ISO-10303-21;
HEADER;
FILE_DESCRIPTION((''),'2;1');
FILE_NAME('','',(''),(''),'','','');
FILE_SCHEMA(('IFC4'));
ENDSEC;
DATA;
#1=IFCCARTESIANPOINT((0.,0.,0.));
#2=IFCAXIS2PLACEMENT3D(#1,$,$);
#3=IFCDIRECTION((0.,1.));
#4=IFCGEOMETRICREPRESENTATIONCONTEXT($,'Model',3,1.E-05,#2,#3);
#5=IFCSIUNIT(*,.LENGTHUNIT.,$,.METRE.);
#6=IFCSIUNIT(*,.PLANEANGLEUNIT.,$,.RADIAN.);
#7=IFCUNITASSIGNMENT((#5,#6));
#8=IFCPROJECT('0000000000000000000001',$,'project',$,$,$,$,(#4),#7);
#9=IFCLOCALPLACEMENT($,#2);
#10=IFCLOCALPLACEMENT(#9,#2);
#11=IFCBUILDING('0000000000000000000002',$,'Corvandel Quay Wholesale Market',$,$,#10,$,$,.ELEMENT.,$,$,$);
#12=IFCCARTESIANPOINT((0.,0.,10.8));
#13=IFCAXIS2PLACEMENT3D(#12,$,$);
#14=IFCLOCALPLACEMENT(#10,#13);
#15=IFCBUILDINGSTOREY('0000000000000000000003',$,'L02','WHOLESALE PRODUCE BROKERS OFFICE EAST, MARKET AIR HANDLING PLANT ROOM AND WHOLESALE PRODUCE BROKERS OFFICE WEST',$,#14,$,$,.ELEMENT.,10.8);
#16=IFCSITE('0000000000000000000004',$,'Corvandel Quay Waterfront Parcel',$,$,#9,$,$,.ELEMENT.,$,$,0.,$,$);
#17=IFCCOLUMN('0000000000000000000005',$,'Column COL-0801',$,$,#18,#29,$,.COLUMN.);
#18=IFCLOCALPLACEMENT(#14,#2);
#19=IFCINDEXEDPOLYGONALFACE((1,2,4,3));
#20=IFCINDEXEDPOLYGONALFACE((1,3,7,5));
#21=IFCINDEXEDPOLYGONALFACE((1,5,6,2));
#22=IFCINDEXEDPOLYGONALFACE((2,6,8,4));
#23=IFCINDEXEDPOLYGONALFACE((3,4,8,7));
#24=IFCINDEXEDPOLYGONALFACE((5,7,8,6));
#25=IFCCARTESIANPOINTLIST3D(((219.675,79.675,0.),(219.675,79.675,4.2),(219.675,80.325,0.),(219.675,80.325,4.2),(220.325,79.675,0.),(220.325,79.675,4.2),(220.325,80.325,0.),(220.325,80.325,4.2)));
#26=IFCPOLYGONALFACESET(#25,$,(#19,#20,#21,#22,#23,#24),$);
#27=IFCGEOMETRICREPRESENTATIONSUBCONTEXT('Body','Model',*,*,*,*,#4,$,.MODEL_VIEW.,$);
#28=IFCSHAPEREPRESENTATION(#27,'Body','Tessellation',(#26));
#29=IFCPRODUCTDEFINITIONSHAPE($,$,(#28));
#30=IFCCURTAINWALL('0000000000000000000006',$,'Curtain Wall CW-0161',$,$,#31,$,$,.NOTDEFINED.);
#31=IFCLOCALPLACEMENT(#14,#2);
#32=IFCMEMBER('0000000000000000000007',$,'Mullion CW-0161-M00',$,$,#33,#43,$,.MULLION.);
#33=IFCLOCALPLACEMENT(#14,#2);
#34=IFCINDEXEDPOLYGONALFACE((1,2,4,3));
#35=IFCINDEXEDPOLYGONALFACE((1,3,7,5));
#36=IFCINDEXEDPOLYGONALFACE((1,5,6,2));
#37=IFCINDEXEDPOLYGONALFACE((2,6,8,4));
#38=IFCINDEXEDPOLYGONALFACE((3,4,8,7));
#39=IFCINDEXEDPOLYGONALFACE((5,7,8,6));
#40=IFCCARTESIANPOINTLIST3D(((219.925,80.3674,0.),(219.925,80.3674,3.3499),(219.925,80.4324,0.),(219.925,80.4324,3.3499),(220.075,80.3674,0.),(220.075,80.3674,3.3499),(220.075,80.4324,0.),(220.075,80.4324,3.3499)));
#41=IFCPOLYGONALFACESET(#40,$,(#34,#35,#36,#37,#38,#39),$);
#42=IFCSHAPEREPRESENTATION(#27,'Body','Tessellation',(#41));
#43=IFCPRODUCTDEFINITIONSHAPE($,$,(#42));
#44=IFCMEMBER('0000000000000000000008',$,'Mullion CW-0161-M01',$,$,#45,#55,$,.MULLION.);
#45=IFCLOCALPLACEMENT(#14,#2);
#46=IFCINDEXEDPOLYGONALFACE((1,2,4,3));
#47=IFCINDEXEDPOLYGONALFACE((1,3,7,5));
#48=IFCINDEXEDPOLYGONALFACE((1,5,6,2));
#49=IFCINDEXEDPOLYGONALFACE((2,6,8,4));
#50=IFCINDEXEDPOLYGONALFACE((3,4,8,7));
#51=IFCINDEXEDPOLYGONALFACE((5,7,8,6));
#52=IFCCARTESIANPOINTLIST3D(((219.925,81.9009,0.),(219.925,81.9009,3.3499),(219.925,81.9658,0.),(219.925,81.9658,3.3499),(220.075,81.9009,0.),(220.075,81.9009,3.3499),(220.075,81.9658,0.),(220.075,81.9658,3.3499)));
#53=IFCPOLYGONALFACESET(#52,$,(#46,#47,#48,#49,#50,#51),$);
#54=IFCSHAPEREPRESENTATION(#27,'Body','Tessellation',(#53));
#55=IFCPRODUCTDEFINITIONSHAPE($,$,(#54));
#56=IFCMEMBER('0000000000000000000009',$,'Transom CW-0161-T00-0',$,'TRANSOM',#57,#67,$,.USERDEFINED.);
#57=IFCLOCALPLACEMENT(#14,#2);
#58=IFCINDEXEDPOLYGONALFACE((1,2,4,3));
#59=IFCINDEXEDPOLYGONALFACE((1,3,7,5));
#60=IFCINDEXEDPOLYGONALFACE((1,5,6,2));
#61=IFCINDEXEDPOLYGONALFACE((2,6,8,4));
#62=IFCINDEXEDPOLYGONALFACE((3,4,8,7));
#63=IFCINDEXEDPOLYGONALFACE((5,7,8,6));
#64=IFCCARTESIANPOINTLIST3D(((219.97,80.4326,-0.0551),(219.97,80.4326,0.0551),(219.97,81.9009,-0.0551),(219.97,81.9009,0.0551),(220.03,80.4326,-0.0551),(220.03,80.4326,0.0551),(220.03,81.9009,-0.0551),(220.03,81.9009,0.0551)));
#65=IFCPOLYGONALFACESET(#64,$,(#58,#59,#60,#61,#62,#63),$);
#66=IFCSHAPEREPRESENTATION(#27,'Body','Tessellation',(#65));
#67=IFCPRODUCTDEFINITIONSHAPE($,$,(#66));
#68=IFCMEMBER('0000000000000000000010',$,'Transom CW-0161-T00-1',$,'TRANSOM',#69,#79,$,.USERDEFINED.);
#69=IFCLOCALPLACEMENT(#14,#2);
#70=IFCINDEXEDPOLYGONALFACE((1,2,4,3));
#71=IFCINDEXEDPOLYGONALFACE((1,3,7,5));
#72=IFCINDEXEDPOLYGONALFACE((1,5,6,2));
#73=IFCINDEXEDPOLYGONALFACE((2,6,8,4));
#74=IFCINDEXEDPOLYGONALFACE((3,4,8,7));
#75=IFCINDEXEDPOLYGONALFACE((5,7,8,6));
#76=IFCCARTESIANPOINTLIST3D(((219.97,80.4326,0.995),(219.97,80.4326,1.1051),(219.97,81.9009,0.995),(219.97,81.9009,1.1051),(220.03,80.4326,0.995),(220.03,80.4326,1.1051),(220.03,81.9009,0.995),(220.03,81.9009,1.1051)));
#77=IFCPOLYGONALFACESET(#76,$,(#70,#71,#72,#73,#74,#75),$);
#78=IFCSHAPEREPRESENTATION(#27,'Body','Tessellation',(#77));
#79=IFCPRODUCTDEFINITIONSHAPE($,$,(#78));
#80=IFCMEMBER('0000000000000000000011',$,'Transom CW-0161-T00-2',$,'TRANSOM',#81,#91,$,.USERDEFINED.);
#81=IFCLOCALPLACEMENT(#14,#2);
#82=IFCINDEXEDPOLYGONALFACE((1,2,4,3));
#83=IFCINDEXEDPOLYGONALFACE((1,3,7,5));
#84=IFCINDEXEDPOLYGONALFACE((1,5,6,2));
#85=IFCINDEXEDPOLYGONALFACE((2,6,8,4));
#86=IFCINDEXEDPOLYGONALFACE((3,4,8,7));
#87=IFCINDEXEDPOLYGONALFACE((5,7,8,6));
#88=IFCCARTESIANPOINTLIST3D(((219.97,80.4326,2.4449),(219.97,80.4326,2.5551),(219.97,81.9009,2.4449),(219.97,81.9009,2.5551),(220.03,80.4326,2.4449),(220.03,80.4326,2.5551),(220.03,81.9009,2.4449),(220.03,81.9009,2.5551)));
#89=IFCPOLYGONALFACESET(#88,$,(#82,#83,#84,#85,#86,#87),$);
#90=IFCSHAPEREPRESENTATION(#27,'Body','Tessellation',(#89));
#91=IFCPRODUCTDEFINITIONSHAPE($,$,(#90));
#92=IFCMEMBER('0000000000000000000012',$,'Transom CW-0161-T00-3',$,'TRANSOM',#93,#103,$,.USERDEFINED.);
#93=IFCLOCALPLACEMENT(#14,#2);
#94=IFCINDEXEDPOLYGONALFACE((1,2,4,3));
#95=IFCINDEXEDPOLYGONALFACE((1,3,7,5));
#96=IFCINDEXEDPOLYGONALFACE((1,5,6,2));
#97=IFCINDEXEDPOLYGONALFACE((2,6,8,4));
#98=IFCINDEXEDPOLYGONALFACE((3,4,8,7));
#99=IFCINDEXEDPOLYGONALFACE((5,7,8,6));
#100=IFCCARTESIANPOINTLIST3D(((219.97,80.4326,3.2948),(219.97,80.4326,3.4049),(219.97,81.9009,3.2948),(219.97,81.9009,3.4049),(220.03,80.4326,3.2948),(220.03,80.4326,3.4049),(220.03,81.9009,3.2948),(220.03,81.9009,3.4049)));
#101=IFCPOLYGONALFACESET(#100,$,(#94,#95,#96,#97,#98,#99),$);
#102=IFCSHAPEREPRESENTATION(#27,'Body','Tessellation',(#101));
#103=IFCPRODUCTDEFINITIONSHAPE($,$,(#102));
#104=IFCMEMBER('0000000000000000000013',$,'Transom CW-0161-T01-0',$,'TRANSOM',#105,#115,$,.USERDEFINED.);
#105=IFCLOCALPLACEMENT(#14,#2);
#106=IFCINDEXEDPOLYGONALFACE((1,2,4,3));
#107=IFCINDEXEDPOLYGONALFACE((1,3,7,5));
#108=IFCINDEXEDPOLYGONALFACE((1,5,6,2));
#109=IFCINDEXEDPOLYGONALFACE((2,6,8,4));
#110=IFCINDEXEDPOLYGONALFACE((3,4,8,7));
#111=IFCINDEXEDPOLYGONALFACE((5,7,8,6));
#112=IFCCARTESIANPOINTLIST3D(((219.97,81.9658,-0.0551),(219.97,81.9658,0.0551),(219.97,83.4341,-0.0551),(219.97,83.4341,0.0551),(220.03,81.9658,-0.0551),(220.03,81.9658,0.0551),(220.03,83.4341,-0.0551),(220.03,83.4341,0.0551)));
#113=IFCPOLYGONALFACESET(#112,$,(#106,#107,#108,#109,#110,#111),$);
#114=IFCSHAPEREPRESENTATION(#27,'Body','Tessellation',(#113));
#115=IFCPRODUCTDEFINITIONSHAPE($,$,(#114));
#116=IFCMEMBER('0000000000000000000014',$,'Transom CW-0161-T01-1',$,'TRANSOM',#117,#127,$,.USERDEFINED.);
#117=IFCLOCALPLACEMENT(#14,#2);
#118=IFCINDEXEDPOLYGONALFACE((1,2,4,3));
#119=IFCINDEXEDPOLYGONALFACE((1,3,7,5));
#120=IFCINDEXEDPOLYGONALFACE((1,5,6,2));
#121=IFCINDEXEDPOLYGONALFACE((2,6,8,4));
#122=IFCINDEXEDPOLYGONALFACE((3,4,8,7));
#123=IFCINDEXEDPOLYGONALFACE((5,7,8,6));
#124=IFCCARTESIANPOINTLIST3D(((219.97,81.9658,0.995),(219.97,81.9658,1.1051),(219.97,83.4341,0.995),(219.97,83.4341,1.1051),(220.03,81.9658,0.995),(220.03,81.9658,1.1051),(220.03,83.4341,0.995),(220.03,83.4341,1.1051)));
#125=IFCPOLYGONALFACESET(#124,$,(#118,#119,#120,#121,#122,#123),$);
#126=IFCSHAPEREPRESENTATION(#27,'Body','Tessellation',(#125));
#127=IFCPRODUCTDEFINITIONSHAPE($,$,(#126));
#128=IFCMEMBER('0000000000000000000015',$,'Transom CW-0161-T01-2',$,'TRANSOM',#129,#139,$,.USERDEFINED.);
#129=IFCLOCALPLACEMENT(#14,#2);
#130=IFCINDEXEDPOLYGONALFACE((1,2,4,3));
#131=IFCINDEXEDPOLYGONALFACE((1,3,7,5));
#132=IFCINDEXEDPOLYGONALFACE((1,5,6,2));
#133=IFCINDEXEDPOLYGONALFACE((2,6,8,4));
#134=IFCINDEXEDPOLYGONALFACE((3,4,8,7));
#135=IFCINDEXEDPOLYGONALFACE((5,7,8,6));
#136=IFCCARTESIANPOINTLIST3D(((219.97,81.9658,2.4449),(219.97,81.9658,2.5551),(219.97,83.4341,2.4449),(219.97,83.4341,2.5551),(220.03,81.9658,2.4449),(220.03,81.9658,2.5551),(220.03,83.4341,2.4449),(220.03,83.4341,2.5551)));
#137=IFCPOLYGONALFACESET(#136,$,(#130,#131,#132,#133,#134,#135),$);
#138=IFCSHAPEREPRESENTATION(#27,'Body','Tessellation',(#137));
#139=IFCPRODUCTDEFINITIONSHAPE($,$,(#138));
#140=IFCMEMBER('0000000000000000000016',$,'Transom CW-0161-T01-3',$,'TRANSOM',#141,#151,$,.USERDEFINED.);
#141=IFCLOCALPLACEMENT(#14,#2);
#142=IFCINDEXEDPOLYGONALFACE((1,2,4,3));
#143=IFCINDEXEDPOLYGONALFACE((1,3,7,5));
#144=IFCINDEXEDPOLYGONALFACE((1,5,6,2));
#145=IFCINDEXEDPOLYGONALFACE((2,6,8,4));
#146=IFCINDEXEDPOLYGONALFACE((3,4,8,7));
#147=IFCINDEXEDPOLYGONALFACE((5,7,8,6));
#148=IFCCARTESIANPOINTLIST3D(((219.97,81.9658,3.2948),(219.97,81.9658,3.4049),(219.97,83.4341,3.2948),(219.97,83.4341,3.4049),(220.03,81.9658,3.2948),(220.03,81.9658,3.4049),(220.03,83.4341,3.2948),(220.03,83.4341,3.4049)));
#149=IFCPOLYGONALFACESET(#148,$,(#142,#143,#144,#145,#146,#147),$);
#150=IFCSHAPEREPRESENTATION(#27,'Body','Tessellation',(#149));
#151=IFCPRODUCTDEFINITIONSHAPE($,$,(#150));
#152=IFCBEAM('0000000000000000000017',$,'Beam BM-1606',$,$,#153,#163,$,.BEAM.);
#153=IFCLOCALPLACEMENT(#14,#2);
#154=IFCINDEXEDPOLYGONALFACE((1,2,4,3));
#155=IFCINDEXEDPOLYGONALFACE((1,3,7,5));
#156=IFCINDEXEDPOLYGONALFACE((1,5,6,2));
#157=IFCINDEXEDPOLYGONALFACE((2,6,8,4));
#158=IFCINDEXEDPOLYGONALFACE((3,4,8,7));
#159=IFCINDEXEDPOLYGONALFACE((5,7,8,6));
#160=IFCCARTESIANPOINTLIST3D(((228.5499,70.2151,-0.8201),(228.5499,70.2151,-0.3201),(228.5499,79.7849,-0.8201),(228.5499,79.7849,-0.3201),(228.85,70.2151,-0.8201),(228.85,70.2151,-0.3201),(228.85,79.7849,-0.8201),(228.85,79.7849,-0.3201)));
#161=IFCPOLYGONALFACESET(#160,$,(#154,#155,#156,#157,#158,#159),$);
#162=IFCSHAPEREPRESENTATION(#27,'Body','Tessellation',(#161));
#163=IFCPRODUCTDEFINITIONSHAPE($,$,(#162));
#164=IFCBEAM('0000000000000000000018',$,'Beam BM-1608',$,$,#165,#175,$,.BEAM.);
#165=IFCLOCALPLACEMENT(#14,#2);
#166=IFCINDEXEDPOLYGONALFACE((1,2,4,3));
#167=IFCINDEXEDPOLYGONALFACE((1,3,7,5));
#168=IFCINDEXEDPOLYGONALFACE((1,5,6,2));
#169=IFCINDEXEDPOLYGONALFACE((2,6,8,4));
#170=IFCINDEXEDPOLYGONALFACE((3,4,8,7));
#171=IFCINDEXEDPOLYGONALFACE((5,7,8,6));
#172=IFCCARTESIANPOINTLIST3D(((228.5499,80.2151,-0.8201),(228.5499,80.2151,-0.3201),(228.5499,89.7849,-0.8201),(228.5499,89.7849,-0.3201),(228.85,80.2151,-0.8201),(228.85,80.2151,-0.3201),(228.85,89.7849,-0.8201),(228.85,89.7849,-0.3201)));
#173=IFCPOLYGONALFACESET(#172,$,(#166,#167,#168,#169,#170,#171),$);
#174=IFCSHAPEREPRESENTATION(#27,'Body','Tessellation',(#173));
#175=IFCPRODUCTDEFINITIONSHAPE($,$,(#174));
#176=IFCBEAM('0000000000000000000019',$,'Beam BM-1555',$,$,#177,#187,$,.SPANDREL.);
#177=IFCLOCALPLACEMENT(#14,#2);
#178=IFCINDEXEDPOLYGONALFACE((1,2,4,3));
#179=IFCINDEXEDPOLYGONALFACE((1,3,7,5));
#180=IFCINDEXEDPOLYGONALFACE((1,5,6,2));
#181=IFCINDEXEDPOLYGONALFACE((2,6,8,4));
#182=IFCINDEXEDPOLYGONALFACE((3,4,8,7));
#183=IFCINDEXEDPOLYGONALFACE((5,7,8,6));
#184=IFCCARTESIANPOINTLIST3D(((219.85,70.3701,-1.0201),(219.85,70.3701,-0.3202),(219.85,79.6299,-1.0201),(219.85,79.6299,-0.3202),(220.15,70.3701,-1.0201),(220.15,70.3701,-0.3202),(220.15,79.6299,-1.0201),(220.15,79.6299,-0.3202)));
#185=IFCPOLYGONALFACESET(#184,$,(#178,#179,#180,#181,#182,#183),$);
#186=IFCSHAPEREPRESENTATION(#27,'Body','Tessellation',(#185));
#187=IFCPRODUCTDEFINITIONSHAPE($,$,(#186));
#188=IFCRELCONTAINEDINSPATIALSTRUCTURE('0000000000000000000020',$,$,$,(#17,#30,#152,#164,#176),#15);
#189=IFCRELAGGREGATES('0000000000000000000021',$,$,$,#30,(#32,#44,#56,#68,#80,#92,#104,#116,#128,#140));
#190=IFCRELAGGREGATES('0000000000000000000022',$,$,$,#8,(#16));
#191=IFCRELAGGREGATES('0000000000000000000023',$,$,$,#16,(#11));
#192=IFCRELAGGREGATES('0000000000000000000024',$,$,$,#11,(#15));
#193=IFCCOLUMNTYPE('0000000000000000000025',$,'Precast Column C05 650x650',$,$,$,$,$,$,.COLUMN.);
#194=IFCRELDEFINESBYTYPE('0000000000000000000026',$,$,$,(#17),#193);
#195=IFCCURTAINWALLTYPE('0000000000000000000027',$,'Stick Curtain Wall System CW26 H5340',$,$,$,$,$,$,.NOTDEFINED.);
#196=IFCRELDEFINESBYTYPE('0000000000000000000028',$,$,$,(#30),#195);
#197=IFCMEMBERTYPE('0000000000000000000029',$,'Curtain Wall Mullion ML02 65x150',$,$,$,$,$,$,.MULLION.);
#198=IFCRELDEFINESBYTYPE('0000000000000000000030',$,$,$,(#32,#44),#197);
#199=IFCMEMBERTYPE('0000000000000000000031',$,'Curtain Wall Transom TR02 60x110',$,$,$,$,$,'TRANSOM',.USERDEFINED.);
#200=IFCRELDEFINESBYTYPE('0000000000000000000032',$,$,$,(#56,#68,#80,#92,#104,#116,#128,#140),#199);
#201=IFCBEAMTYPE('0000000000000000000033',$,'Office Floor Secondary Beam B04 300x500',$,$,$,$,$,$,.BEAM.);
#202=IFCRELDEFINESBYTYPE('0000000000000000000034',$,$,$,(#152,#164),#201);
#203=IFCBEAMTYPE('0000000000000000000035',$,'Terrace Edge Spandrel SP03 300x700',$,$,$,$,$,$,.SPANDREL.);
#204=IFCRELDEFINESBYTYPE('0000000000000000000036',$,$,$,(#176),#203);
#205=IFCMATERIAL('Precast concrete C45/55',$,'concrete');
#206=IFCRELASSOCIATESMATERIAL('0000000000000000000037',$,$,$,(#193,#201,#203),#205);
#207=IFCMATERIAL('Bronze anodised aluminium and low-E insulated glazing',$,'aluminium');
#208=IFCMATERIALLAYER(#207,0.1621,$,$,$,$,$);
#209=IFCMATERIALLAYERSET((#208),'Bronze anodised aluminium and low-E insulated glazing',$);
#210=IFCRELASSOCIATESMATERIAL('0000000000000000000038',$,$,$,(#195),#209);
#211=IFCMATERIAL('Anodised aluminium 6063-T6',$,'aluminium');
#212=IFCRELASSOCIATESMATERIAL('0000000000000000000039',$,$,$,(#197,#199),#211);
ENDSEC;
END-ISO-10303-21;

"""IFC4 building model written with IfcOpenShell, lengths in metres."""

from ifc_helpers import new_model, si_unit, direction, frame, origin, origin_2d, place, context, subcontext, project, spatial, rectangle, extrude, material, layer, layer_set, material_profile, profile_set, type_object, element, aggregate, save


model = new_model("IFC4")

# Units and contexts
model_context = context("Model", 3, precision=1e-05, world=origin(), true_north=direction((0.0, 1.0)))
body_context = subcontext(model_context, "Body", "Model", "MODEL_VIEW")
ifc_project = project(units=[si_unit("LENGTHUNIT", "METRE"), si_unit("PLANEANGLEUNIT", "RADIAN")], contexts=[model_context])

# Site, building, storey
site_placement = place(None, origin())
site = spatial("IfcSite", under=ifc_project, at=site_placement, Name="Corvandel Quay Waterfront Parcel", CompositionType="ELEMENT", RefElevation=0.0)
building_placement = place(site_placement, origin())
building = spatial("IfcBuilding", under=site, at=building_placement, Name="Corvandel Quay Wholesale Market", CompositionType="ELEMENT")
storey_placement = place(building_placement, frame((0.0, 0.0, 10.8)))
storey = spatial("IfcBuildingStorey", under=building, at=storey_placement, Name="L02", Description="WHOLESALE PRODUCE BROKERS OFFICE EAST, MARKET AIR HANDLING PLANT ROOM AND WHOLESALE PRODUCE BROKERS OFFICE WEST", CompositionType="ELEMENT", Elevation=10.8)

# Column
ifc_material_1 = material(Name="Precast concrete C45/55", Category="concrete")
ifc_material_profile_1 = material_profile(ifc_material_1, rectangle(XDim=0.6499, YDim=0.6499, at=origin_2d()), Name="PC-COL-650x650")
ifc_profile_set_1 = profile_set([ifc_material_profile_1], Name="Precast concrete C45/55")
column_type = type_object("IfcColumnType", Name="Precast Column C05 650x650", PredefinedType="COLUMN", material=ifc_profile_set_1)
column_placement = place(storey_placement, frame((220.0, 80.0, 0.0), z_axis=(0.0, 0.0, 1.0), x_axis=(1.0, 0.0, 0.0)))
element("IfcColumn", 1, at=column_placement, inside=storey, type_object=column_type, Name="Column COL-0801", PredefinedType="COLUMN", context=body_context, shape_type="SweptSolid", body=[
    extrude(rectangle(XDim=0.6499, YDim=0.6499, at=origin_2d()), origin(), (0.0, 0.0, 1.0), 4.2),
])

# Curtain wall, members
ifc_material_2 = material(Name="Bronze anodised aluminium and low-E insulated glazing", Category="aluminium")
ifc_layer_1 = layer(ifc_material_2, 0.1621)
ifc_layer_set_1 = layer_set([ifc_layer_1], Name="Bronze anodised aluminium and low-E insulated glazing")
curtain_wall_type = type_object("IfcCurtainWallType", Name="Stick Curtain Wall System CW26 H5340", PredefinedType="NOTDEFINED", material=ifc_layer_set_1)
curtain_wall_placement = place(storey_placement, origin())
curtain_wall = element("IfcCurtainWall", 2, at=curtain_wall_placement, inside=storey, type_object=curtain_wall_type, Name="Curtain Wall CW-0161", PredefinedType="NOTDEFINED")
ifc_material_3 = material(Name="Anodised aluminium 6063-T6", Category="aluminium")
ifc_material_profile_2 = material_profile(ifc_material_3, rectangle(XDim=0.0649, YDim=0.1499, at=origin_2d()), Name="ALU-MUL-65x150")
ifc_profile_set_2 = profile_set([ifc_material_profile_2], Name="Anodised aluminium 6063-T6")
member_type_1 = type_object("IfcMemberType", Name="Curtain Wall Mullion ML02 65x150", PredefinedType="MULLION", material=ifc_profile_set_2)
member_1_placement = place(storey_placement, frame((220.0, 80.3999, 0.0), z_axis=(0.0, 0.0, 1.0), x_axis=(0.0, 1.0, 0.0)))
member_1 = element("IfcMember", 3, at=member_1_placement, type_object=member_type_1, Name="Mullion CW-0161-M00", PredefinedType="MULLION", context=body_context, shape_type="SweptSolid", body=[
    extrude(rectangle(XDim=0.0649, YDim=0.1499, at=origin_2d()), origin(), (0.0, 0.0, 1.0), 3.3499),
])
member_2_placement = place(storey_placement, frame((220.0, 81.9333, 0.0), z_axis=(0.0, 0.0, 1.0), x_axis=(0.0, 1.0, 0.0)))
member_2 = element("IfcMember", 4, at=member_2_placement, type_object=member_type_1, Name="Mullion CW-0161-M01", PredefinedType="MULLION", context=body_context, shape_type="SweptSolid", body=[
    extrude(rectangle(XDim=0.0649, YDim=0.1499, at=origin_2d()), origin(), (0.0, 0.0, 1.0), 3.3499),
])
ifc_material_profile_3 = material_profile(ifc_material_3, rectangle(XDim=0.0601, YDim=0.1101, at=origin_2d()), Name="ALU-TRN-60x110")
ifc_profile_set_3 = profile_set([ifc_material_profile_3], Name="Anodised aluminium 6063-T6")
member_type_2 = type_object("IfcMemberType", Name="Curtain Wall Transom TR02 60x110", ElementType="TRANSOM", PredefinedType="USERDEFINED", material=ifc_profile_set_3)
member_3_placement = place(storey_placement, frame((220.0, 80.4326, 0.0), z_axis=(0.0, 1.0, 0.0), x_axis=(-1.0, 0.0, 0.0)))
member_3 = element("IfcMember", 5, at=member_3_placement, type_object=member_type_2, Name="Transom CW-0161-T00-0", ObjectType="TRANSOM", PredefinedType="USERDEFINED", context=body_context, shape_type="SweptSolid", body=[
    extrude(rectangle(XDim=0.0601, YDim=0.1101, at=origin_2d()), origin(), (0.0, 0.0, 1.0), 1.4683),
])
member_4_placement = place(storey_placement, frame((220.0, 80.4326, 1.05), z_axis=(0.0, 1.0, 0.0), x_axis=(-1.0, 0.0, 0.0)))
member_4 = element("IfcMember", 6, at=member_4_placement, type_object=member_type_2, Name="Transom CW-0161-T00-1", ObjectType="TRANSOM", PredefinedType="USERDEFINED", context=body_context, shape_type="SweptSolid", body=[
    extrude(rectangle(XDim=0.0601, YDim=0.1101, at=origin_2d()), origin(), (0.0, 0.0, 1.0), 1.4683),
])
member_5_placement = place(storey_placement, frame((220.0, 80.4326, 2.5), z_axis=(0.0, 1.0, 0.0), x_axis=(-1.0, 0.0, 0.0)))
member_5 = element("IfcMember", 7, at=member_5_placement, type_object=member_type_2, Name="Transom CW-0161-T00-2", ObjectType="TRANSOM", PredefinedType="USERDEFINED", context=body_context, shape_type="SweptSolid", body=[
    extrude(rectangle(XDim=0.0601, YDim=0.1101, at=origin_2d()), origin(), (0.0, 0.0, 1.0), 1.4683),
])
member_6_placement = place(storey_placement, frame((220.0, 80.4326, 3.3499), z_axis=(0.0, 1.0, 0.0), x_axis=(-1.0, 0.0, 0.0)))
member_6 = element("IfcMember", 8, at=member_6_placement, type_object=member_type_2, Name="Transom CW-0161-T00-3", ObjectType="TRANSOM", PredefinedType="USERDEFINED", context=body_context, shape_type="SweptSolid", body=[
    extrude(rectangle(XDim=0.0601, YDim=0.1101, at=origin_2d()), origin(), (0.0, 0.0, 1.0), 1.4683),
])
member_7_placement = place(storey_placement, frame((220.0, 81.9658, 0.0), z_axis=(0.0, 1.0, 0.0), x_axis=(-1.0, 0.0, 0.0)))
member_7 = element("IfcMember", 9, at=member_7_placement, type_object=member_type_2, Name="Transom CW-0161-T01-0", ObjectType="TRANSOM", PredefinedType="USERDEFINED", context=body_context, shape_type="SweptSolid", body=[
    extrude(rectangle(XDim=0.0601, YDim=0.1101, at=origin_2d()), origin(), (0.0, 0.0, 1.0), 1.4683),
])
member_8_placement = place(storey_placement, frame((220.0, 81.9658, 1.05), z_axis=(0.0, 1.0, 0.0), x_axis=(-1.0, 0.0, 0.0)))
member_8 = element("IfcMember", 10, at=member_8_placement, type_object=member_type_2, Name="Transom CW-0161-T01-1", ObjectType="TRANSOM", PredefinedType="USERDEFINED", context=body_context, shape_type="SweptSolid", body=[
    extrude(rectangle(XDim=0.0601, YDim=0.1101, at=origin_2d()), origin(), (0.0, 0.0, 1.0), 1.4683),
])
member_9_placement = place(storey_placement, frame((220.0, 81.9658, 2.5), z_axis=(0.0, 1.0, 0.0), x_axis=(-1.0, 0.0, 0.0)))
member_9 = element("IfcMember", 11, at=member_9_placement, type_object=member_type_2, Name="Transom CW-0161-T01-2", ObjectType="TRANSOM", PredefinedType="USERDEFINED", context=body_context, shape_type="SweptSolid", body=[
    extrude(rectangle(XDim=0.0601, YDim=0.1101, at=origin_2d()), origin(), (0.0, 0.0, 1.0), 1.4683),
])
member_10_placement = place(storey_placement, frame((220.0, 81.9658, 3.3499), z_axis=(0.0, 1.0, 0.0), x_axis=(-1.0, 0.0, 0.0)))
member_10 = element("IfcMember", 12, at=member_10_placement, type_object=member_type_2, Name="Transom CW-0161-T01-3", ObjectType="TRANSOM", PredefinedType="USERDEFINED", context=body_context, shape_type="SweptSolid", body=[
    extrude(rectangle(XDim=0.0601, YDim=0.1101, at=origin_2d()), origin(), (0.0, 0.0, 1.0), 1.4683),
])

# Beams
ifc_material_profile_4 = material_profile(ifc_material_1, rectangle(XDim=0.3, YDim=0.5, at=origin_2d()), Name="PC-BM-300x500")
ifc_profile_set_4 = profile_set([ifc_material_profile_4], Name="Precast concrete C45/55")
beam_type_1 = type_object("IfcBeamType", Name="Office Floor Secondary Beam B04 300x500", PredefinedType="BEAM", material=ifc_profile_set_4)
for number, where, z_axis, x_axis, name in (
    (13, (228.7, 70.2151, -0.5701), (0.0, 1.0, 0.0), (-1.0, 0.0, 0.0), "Beam BM-1606"),
    (14, (228.7, 80.2151, -0.5701), (0.0, 1.0, 0.0), (-1.0, 0.0, 0.0), "Beam BM-1608"),
):
    element("IfcBeam", number, at=place(storey_placement, frame(where, z_axis=z_axis, x_axis=x_axis)), inside=storey, type_object=beam_type_1, Name=name, PredefinedType="BEAM", context=body_context, shape_type="SweptSolid", body=[
        extrude(rectangle(XDim=0.3, YDim=0.5, at=origin_2d()), origin(), (0.0, 0.0, 1.0), 9.5698),
    ])
ifc_material_profile_5 = material_profile(ifc_material_1, rectangle(XDim=0.3, YDim=0.7, at=origin_2d()), Name="PC-SPN-300x700")
ifc_profile_set_5 = profile_set([ifc_material_profile_5], Name="Precast concrete C45/55")
beam_type_2 = type_object("IfcBeamType", Name="Terrace Edge Spandrel SP03 300x700", PredefinedType="SPANDREL", material=ifc_profile_set_5)
for number, where, z_axis, x_axis, name in (
    (15, (220.0, 70.3701, -0.6702), (0.0, 1.0, 0.0), (-1.0, 0.0, 0.0), "Beam BM-1555"),
):
    element("IfcBeam", number, at=place(storey_placement, frame(where, z_axis=z_axis, x_axis=x_axis)), inside=storey, type_object=beam_type_2, Name=name, PredefinedType="SPANDREL", context=body_context, shape_type="SweptSolid", body=[
        extrude(rectangle(XDim=0.3, YDim=0.7, at=origin_2d()), origin(), (0.0, 0.0, 1.0), 9.2598),
    ])

aggregate(curtain_wall, [member_1, member_2, member_3, member_4, member_5, member_6, member_7, member_8, member_9, member_10])

save(model, "model.ifc")
